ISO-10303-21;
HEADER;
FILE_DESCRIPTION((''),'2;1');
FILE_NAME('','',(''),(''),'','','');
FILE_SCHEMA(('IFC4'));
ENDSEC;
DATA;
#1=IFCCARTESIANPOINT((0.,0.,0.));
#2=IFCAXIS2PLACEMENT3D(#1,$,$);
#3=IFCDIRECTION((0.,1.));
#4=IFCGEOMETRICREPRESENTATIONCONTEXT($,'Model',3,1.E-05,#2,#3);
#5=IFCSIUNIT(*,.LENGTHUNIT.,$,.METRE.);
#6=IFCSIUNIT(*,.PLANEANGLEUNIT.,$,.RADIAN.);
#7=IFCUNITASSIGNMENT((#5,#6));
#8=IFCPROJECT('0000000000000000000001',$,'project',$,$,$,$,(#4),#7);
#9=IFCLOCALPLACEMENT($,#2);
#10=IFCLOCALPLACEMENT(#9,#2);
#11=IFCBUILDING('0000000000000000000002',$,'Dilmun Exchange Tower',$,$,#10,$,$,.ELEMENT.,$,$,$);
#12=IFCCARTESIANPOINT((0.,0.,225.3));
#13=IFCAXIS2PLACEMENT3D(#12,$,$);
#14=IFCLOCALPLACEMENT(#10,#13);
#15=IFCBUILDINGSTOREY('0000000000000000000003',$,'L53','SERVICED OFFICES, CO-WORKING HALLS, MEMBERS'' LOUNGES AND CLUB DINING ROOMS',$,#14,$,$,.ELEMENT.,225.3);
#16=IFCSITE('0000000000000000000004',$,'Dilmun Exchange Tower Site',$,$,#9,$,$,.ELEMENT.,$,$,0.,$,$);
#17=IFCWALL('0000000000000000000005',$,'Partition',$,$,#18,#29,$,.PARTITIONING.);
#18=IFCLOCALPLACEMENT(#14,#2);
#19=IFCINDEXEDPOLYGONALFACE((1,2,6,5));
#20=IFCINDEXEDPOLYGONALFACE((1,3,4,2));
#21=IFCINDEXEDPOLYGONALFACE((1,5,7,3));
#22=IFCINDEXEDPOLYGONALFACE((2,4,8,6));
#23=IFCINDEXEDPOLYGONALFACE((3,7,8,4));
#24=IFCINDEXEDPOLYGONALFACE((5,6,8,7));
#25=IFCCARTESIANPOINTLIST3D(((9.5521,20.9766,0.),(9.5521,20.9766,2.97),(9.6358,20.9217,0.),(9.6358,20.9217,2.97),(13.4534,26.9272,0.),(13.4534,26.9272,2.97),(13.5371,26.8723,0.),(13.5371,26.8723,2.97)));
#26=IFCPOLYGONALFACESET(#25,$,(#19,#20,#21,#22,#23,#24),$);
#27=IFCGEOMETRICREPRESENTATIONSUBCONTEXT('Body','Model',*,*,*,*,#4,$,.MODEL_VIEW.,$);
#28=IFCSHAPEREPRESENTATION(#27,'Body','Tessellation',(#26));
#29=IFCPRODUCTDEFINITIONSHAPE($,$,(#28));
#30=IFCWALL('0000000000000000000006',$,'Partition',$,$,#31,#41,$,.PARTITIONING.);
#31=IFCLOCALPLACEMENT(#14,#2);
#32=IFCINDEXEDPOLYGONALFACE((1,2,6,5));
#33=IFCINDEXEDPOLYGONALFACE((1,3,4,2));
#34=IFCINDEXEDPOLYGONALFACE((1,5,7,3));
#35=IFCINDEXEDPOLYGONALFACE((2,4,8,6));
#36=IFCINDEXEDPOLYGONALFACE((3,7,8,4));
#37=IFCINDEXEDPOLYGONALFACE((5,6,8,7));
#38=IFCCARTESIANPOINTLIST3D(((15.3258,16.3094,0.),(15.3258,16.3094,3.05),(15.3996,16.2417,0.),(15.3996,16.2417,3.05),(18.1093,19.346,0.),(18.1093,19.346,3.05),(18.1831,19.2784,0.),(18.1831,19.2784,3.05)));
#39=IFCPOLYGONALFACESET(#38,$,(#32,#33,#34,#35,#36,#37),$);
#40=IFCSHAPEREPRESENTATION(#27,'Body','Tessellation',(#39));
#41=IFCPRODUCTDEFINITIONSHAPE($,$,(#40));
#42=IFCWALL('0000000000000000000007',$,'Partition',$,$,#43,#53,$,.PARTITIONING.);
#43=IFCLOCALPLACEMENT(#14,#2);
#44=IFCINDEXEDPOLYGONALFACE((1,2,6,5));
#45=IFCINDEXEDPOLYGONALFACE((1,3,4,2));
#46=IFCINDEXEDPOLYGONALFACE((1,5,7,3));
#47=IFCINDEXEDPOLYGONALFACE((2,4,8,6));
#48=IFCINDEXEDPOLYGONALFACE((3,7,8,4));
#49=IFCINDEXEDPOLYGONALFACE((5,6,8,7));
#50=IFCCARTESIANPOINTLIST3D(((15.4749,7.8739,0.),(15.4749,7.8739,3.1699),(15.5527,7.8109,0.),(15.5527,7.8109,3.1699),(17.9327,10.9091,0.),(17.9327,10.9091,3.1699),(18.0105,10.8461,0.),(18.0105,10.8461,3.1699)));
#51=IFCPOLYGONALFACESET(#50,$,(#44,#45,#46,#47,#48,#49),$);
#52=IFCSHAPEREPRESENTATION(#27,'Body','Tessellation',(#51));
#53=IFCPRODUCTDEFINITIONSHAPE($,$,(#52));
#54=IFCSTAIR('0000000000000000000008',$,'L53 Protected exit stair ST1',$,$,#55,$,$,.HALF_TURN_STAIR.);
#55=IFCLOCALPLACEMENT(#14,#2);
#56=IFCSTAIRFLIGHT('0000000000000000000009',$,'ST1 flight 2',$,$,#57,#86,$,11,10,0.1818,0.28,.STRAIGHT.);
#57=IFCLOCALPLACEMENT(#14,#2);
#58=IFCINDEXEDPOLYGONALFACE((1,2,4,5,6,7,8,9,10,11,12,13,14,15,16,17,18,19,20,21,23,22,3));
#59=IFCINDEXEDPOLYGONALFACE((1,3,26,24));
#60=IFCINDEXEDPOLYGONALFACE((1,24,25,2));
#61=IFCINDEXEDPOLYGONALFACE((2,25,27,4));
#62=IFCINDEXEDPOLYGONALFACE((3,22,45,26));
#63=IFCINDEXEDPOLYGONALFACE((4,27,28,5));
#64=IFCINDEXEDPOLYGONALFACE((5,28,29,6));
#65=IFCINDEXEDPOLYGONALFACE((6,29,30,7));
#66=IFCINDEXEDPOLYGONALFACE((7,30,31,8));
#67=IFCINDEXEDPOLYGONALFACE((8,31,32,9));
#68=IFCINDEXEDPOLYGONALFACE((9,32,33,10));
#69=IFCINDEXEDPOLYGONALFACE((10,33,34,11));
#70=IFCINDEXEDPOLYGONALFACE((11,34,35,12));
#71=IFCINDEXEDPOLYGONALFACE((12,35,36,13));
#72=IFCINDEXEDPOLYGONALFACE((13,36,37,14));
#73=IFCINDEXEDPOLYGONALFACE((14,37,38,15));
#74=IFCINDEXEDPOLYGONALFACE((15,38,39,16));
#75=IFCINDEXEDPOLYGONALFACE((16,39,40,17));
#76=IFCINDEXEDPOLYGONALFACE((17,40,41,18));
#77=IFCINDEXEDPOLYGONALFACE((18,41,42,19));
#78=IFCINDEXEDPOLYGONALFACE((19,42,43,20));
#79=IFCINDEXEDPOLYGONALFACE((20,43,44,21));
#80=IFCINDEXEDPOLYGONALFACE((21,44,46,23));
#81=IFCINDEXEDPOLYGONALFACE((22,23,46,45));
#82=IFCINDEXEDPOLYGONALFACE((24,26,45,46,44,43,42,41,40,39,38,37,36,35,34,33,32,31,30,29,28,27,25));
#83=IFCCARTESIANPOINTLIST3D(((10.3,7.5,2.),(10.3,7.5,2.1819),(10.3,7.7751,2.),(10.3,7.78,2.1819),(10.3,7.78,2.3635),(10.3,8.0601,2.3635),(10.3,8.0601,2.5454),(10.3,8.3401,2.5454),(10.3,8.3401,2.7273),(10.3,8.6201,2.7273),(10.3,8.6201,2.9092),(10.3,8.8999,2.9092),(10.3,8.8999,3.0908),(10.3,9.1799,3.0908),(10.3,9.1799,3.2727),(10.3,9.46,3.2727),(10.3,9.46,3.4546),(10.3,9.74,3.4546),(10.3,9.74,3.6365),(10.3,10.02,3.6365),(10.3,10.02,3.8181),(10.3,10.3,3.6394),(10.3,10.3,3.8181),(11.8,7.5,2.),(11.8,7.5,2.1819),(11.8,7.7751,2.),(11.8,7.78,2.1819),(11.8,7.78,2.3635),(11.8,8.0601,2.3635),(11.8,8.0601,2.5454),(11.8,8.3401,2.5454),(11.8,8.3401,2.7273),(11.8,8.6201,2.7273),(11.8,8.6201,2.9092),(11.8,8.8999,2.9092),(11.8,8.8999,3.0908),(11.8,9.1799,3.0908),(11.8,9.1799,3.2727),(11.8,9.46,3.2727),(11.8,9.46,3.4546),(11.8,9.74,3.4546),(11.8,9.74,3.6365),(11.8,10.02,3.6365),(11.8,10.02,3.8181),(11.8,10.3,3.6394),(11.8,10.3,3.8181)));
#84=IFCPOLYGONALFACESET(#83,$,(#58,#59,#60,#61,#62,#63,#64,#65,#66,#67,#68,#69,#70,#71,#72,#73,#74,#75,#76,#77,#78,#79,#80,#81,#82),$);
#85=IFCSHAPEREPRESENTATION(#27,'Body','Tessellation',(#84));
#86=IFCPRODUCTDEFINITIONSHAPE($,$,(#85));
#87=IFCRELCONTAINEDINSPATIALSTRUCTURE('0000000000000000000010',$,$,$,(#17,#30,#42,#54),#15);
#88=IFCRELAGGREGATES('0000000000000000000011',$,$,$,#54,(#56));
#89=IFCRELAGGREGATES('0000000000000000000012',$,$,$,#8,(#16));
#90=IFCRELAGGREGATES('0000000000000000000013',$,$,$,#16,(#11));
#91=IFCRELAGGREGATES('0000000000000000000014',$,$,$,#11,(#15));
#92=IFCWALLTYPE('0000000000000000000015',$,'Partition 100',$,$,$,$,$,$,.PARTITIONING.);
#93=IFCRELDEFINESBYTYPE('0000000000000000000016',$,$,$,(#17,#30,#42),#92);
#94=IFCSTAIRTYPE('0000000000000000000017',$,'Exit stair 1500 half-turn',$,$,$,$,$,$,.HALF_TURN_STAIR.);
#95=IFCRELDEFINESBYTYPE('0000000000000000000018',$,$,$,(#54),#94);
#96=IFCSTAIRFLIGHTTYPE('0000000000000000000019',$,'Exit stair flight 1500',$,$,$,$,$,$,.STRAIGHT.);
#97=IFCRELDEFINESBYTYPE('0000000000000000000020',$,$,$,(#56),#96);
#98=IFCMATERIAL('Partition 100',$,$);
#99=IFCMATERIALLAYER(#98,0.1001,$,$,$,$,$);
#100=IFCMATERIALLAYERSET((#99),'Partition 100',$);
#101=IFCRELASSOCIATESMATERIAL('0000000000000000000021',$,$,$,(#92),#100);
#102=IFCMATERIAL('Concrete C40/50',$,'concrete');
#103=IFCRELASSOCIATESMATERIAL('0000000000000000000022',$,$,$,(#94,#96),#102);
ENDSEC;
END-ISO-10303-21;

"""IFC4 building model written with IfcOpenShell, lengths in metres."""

from ifc_helpers import new_model, si_unit, direction, frame, frame_2d, origin, place, context, subcontext, project, spatial, polyline, rectangle, outline, extrude, material, layer, layer_set, type_object, element, aggregate, save


model = new_model("IFC4")

# Units and contexts
model_context = context("Model", 3, precision=1e-05, world=origin(), true_north=direction((0.0, 1.0)))
body_context = subcontext(model_context, "Body", "Model", "MODEL_VIEW")
ifc_project = project(units=[si_unit("LENGTHUNIT", "METRE"), si_unit("PLANEANGLEUNIT", "RADIAN")], contexts=[model_context])

# Site, building, storey
site_placement = place(None, origin())
site = spatial("IfcSite", under=ifc_project, at=site_placement, Name="Dilmun Exchange Tower Site", CompositionType="ELEMENT", RefElevation=0.0)
building_placement = place(site_placement, origin())
building = spatial("IfcBuilding", under=site, at=building_placement, Name="Dilmun Exchange Tower", CompositionType="ELEMENT")
storey_placement = place(building_placement, frame((0.0, 0.0, 225.3)))
storey = spatial("IfcBuildingStorey", under=building, at=storey_placement, Name="L53", Description="SERVICED OFFICES, CO-WORKING HALLS, MEMBERS' LOUNGES AND CLUB DINING ROOMS", CompositionType="ELEMENT", Elevation=225.3)

# Shared definitions
ifc_material_1 = material(Name="Concrete C40/50", Category="concrete")

# Walls
ifc_material_2 = material(Name="Partition 100")
ifc_layer_1 = layer(ifc_material_2, 0.1001)
ifc_layer_set_1 = layer_set([ifc_layer_1], Name="Partition 100")
wall_type_1 = type_object("IfcWallType", Name="Partition 100", PredefinedType="PARTITIONING", material=ifc_layer_set_1)
wall_1_placement = place(storey_placement, frame((9.594, 20.9492, 0.0), z_axis=(0.0, 0.0, 1.0), x_axis=(0.548286, 0.836291, 0.0)))
element("IfcWall", 1, at=wall_1_placement, inside=storey, type_object=wall_type_1, Name="Partition", PredefinedType="PARTITIONING", context=body_context, shape_type="SweptSolid", body=[
    extrude(rectangle(XDim=7.1155, YDim=0.1001, at=frame_2d((3.5576, 0.0))), origin(), (0.0, 0.0, 1.0), 2.97),
])
wall_2_placement = place(storey_placement, frame((15.3628, 16.2756, 0.0), z_axis=(0.0, 0.0, 1.0), x_axis=(0.675709, 0.737169, 0.0)))
element("IfcWall", 2, at=wall_2_placement, inside=storey, type_object=wall_type_1, Name="Partition", PredefinedType="PARTITIONING", context=body_context, shape_type="SweptSolid", body=[
    extrude(rectangle(XDim=4.1194, YDim=0.1001, at=frame_2d((2.0596, 0.0))), origin(), (0.0, 0.0, 1.0), 3.05),
])
wall_3_placement = place(storey_placement, frame((15.5139, 7.8425, 0.0), z_axis=(0.0, 0.0, 1.0), x_axis=(0.629312, 0.777153, 0.0)))
element("IfcWall", 3, at=wall_3_placement, inside=storey, type_object=wall_type_1, Name="Partition", PredefinedType="PARTITIONING", context=body_context, shape_type="SweptSolid", body=[
    extrude(rectangle(XDim=3.9055, YDim=0.1001, at=frame_2d((1.9526, 0.0))), origin(), (0.0, 0.0, 1.0), 3.1699),
])

# Stair, stair flight
stair_type = type_object("IfcStairType", Name="Exit stair 1500 half-turn", PredefinedType="HALF_TURN_STAIR", material=ifc_material_1)
stair_placement = place(storey_placement, origin())
stair = element("IfcStair", 4, at=stair_placement, inside=storey, type_object=stair_type, Name="L53 Protected exit stair ST1", PredefinedType="HALF_TURN_STAIR")
stair_flight_type = type_object("IfcStairFlightType", Name="Exit stair flight 1500", PredefinedType="STRAIGHT", material=ifc_material_1)
stair_flight_placement = place(storey_placement, frame((11.05, 7.5, 2.0), z_axis=(0.0, 0.0, 1.0), x_axis=(0.0, 1.0, 0.0)))
stair_flight = element("IfcStairFlight", 5, at=stair_flight_placement, type_object=stair_flight_type, Name="ST1 flight 2", NumberOfRisers=11, NumberOfTreads=10, PredefinedType="STRAIGHT", RiserHeight=0.1818, TreadLength=0.28, context=body_context, shape_type="SweptSolid", body=[
    extrude(outline(polyline([(0.0, 0.0), (0.0, 0.1819), (0.28, 0.1819), (0.28, 0.3635), (0.5601, 0.3635), (0.5601, 0.5454), (0.8401, 0.5454), (0.8401, 0.7273), (1.1201, 0.7273), (1.1201, 0.9092), (1.3999, 0.9092), (1.3999, 1.0908), (1.6799, 1.0908), (1.6799, 1.2727), (1.96, 1.2727), (1.96, 1.4546), (2.24, 1.4546), (2.24, 1.6365), (2.52, 1.6365), (2.52, 1.8181), (2.8, 1.8181), (2.8, 2.0), (2.8, 1.6394), (0.2751, 0.0), (0.0, 0.0)])), frame((0.0, 0.75, 0.0), z_axis=(0.0, -1.0, 0.0), x_axis=(1.0, 0.0, 0.0)), (0.0, 0.0, 1.0), 1.5),
])
aggregate(stair, [stair_flight])

save(model, "model.ifc")
